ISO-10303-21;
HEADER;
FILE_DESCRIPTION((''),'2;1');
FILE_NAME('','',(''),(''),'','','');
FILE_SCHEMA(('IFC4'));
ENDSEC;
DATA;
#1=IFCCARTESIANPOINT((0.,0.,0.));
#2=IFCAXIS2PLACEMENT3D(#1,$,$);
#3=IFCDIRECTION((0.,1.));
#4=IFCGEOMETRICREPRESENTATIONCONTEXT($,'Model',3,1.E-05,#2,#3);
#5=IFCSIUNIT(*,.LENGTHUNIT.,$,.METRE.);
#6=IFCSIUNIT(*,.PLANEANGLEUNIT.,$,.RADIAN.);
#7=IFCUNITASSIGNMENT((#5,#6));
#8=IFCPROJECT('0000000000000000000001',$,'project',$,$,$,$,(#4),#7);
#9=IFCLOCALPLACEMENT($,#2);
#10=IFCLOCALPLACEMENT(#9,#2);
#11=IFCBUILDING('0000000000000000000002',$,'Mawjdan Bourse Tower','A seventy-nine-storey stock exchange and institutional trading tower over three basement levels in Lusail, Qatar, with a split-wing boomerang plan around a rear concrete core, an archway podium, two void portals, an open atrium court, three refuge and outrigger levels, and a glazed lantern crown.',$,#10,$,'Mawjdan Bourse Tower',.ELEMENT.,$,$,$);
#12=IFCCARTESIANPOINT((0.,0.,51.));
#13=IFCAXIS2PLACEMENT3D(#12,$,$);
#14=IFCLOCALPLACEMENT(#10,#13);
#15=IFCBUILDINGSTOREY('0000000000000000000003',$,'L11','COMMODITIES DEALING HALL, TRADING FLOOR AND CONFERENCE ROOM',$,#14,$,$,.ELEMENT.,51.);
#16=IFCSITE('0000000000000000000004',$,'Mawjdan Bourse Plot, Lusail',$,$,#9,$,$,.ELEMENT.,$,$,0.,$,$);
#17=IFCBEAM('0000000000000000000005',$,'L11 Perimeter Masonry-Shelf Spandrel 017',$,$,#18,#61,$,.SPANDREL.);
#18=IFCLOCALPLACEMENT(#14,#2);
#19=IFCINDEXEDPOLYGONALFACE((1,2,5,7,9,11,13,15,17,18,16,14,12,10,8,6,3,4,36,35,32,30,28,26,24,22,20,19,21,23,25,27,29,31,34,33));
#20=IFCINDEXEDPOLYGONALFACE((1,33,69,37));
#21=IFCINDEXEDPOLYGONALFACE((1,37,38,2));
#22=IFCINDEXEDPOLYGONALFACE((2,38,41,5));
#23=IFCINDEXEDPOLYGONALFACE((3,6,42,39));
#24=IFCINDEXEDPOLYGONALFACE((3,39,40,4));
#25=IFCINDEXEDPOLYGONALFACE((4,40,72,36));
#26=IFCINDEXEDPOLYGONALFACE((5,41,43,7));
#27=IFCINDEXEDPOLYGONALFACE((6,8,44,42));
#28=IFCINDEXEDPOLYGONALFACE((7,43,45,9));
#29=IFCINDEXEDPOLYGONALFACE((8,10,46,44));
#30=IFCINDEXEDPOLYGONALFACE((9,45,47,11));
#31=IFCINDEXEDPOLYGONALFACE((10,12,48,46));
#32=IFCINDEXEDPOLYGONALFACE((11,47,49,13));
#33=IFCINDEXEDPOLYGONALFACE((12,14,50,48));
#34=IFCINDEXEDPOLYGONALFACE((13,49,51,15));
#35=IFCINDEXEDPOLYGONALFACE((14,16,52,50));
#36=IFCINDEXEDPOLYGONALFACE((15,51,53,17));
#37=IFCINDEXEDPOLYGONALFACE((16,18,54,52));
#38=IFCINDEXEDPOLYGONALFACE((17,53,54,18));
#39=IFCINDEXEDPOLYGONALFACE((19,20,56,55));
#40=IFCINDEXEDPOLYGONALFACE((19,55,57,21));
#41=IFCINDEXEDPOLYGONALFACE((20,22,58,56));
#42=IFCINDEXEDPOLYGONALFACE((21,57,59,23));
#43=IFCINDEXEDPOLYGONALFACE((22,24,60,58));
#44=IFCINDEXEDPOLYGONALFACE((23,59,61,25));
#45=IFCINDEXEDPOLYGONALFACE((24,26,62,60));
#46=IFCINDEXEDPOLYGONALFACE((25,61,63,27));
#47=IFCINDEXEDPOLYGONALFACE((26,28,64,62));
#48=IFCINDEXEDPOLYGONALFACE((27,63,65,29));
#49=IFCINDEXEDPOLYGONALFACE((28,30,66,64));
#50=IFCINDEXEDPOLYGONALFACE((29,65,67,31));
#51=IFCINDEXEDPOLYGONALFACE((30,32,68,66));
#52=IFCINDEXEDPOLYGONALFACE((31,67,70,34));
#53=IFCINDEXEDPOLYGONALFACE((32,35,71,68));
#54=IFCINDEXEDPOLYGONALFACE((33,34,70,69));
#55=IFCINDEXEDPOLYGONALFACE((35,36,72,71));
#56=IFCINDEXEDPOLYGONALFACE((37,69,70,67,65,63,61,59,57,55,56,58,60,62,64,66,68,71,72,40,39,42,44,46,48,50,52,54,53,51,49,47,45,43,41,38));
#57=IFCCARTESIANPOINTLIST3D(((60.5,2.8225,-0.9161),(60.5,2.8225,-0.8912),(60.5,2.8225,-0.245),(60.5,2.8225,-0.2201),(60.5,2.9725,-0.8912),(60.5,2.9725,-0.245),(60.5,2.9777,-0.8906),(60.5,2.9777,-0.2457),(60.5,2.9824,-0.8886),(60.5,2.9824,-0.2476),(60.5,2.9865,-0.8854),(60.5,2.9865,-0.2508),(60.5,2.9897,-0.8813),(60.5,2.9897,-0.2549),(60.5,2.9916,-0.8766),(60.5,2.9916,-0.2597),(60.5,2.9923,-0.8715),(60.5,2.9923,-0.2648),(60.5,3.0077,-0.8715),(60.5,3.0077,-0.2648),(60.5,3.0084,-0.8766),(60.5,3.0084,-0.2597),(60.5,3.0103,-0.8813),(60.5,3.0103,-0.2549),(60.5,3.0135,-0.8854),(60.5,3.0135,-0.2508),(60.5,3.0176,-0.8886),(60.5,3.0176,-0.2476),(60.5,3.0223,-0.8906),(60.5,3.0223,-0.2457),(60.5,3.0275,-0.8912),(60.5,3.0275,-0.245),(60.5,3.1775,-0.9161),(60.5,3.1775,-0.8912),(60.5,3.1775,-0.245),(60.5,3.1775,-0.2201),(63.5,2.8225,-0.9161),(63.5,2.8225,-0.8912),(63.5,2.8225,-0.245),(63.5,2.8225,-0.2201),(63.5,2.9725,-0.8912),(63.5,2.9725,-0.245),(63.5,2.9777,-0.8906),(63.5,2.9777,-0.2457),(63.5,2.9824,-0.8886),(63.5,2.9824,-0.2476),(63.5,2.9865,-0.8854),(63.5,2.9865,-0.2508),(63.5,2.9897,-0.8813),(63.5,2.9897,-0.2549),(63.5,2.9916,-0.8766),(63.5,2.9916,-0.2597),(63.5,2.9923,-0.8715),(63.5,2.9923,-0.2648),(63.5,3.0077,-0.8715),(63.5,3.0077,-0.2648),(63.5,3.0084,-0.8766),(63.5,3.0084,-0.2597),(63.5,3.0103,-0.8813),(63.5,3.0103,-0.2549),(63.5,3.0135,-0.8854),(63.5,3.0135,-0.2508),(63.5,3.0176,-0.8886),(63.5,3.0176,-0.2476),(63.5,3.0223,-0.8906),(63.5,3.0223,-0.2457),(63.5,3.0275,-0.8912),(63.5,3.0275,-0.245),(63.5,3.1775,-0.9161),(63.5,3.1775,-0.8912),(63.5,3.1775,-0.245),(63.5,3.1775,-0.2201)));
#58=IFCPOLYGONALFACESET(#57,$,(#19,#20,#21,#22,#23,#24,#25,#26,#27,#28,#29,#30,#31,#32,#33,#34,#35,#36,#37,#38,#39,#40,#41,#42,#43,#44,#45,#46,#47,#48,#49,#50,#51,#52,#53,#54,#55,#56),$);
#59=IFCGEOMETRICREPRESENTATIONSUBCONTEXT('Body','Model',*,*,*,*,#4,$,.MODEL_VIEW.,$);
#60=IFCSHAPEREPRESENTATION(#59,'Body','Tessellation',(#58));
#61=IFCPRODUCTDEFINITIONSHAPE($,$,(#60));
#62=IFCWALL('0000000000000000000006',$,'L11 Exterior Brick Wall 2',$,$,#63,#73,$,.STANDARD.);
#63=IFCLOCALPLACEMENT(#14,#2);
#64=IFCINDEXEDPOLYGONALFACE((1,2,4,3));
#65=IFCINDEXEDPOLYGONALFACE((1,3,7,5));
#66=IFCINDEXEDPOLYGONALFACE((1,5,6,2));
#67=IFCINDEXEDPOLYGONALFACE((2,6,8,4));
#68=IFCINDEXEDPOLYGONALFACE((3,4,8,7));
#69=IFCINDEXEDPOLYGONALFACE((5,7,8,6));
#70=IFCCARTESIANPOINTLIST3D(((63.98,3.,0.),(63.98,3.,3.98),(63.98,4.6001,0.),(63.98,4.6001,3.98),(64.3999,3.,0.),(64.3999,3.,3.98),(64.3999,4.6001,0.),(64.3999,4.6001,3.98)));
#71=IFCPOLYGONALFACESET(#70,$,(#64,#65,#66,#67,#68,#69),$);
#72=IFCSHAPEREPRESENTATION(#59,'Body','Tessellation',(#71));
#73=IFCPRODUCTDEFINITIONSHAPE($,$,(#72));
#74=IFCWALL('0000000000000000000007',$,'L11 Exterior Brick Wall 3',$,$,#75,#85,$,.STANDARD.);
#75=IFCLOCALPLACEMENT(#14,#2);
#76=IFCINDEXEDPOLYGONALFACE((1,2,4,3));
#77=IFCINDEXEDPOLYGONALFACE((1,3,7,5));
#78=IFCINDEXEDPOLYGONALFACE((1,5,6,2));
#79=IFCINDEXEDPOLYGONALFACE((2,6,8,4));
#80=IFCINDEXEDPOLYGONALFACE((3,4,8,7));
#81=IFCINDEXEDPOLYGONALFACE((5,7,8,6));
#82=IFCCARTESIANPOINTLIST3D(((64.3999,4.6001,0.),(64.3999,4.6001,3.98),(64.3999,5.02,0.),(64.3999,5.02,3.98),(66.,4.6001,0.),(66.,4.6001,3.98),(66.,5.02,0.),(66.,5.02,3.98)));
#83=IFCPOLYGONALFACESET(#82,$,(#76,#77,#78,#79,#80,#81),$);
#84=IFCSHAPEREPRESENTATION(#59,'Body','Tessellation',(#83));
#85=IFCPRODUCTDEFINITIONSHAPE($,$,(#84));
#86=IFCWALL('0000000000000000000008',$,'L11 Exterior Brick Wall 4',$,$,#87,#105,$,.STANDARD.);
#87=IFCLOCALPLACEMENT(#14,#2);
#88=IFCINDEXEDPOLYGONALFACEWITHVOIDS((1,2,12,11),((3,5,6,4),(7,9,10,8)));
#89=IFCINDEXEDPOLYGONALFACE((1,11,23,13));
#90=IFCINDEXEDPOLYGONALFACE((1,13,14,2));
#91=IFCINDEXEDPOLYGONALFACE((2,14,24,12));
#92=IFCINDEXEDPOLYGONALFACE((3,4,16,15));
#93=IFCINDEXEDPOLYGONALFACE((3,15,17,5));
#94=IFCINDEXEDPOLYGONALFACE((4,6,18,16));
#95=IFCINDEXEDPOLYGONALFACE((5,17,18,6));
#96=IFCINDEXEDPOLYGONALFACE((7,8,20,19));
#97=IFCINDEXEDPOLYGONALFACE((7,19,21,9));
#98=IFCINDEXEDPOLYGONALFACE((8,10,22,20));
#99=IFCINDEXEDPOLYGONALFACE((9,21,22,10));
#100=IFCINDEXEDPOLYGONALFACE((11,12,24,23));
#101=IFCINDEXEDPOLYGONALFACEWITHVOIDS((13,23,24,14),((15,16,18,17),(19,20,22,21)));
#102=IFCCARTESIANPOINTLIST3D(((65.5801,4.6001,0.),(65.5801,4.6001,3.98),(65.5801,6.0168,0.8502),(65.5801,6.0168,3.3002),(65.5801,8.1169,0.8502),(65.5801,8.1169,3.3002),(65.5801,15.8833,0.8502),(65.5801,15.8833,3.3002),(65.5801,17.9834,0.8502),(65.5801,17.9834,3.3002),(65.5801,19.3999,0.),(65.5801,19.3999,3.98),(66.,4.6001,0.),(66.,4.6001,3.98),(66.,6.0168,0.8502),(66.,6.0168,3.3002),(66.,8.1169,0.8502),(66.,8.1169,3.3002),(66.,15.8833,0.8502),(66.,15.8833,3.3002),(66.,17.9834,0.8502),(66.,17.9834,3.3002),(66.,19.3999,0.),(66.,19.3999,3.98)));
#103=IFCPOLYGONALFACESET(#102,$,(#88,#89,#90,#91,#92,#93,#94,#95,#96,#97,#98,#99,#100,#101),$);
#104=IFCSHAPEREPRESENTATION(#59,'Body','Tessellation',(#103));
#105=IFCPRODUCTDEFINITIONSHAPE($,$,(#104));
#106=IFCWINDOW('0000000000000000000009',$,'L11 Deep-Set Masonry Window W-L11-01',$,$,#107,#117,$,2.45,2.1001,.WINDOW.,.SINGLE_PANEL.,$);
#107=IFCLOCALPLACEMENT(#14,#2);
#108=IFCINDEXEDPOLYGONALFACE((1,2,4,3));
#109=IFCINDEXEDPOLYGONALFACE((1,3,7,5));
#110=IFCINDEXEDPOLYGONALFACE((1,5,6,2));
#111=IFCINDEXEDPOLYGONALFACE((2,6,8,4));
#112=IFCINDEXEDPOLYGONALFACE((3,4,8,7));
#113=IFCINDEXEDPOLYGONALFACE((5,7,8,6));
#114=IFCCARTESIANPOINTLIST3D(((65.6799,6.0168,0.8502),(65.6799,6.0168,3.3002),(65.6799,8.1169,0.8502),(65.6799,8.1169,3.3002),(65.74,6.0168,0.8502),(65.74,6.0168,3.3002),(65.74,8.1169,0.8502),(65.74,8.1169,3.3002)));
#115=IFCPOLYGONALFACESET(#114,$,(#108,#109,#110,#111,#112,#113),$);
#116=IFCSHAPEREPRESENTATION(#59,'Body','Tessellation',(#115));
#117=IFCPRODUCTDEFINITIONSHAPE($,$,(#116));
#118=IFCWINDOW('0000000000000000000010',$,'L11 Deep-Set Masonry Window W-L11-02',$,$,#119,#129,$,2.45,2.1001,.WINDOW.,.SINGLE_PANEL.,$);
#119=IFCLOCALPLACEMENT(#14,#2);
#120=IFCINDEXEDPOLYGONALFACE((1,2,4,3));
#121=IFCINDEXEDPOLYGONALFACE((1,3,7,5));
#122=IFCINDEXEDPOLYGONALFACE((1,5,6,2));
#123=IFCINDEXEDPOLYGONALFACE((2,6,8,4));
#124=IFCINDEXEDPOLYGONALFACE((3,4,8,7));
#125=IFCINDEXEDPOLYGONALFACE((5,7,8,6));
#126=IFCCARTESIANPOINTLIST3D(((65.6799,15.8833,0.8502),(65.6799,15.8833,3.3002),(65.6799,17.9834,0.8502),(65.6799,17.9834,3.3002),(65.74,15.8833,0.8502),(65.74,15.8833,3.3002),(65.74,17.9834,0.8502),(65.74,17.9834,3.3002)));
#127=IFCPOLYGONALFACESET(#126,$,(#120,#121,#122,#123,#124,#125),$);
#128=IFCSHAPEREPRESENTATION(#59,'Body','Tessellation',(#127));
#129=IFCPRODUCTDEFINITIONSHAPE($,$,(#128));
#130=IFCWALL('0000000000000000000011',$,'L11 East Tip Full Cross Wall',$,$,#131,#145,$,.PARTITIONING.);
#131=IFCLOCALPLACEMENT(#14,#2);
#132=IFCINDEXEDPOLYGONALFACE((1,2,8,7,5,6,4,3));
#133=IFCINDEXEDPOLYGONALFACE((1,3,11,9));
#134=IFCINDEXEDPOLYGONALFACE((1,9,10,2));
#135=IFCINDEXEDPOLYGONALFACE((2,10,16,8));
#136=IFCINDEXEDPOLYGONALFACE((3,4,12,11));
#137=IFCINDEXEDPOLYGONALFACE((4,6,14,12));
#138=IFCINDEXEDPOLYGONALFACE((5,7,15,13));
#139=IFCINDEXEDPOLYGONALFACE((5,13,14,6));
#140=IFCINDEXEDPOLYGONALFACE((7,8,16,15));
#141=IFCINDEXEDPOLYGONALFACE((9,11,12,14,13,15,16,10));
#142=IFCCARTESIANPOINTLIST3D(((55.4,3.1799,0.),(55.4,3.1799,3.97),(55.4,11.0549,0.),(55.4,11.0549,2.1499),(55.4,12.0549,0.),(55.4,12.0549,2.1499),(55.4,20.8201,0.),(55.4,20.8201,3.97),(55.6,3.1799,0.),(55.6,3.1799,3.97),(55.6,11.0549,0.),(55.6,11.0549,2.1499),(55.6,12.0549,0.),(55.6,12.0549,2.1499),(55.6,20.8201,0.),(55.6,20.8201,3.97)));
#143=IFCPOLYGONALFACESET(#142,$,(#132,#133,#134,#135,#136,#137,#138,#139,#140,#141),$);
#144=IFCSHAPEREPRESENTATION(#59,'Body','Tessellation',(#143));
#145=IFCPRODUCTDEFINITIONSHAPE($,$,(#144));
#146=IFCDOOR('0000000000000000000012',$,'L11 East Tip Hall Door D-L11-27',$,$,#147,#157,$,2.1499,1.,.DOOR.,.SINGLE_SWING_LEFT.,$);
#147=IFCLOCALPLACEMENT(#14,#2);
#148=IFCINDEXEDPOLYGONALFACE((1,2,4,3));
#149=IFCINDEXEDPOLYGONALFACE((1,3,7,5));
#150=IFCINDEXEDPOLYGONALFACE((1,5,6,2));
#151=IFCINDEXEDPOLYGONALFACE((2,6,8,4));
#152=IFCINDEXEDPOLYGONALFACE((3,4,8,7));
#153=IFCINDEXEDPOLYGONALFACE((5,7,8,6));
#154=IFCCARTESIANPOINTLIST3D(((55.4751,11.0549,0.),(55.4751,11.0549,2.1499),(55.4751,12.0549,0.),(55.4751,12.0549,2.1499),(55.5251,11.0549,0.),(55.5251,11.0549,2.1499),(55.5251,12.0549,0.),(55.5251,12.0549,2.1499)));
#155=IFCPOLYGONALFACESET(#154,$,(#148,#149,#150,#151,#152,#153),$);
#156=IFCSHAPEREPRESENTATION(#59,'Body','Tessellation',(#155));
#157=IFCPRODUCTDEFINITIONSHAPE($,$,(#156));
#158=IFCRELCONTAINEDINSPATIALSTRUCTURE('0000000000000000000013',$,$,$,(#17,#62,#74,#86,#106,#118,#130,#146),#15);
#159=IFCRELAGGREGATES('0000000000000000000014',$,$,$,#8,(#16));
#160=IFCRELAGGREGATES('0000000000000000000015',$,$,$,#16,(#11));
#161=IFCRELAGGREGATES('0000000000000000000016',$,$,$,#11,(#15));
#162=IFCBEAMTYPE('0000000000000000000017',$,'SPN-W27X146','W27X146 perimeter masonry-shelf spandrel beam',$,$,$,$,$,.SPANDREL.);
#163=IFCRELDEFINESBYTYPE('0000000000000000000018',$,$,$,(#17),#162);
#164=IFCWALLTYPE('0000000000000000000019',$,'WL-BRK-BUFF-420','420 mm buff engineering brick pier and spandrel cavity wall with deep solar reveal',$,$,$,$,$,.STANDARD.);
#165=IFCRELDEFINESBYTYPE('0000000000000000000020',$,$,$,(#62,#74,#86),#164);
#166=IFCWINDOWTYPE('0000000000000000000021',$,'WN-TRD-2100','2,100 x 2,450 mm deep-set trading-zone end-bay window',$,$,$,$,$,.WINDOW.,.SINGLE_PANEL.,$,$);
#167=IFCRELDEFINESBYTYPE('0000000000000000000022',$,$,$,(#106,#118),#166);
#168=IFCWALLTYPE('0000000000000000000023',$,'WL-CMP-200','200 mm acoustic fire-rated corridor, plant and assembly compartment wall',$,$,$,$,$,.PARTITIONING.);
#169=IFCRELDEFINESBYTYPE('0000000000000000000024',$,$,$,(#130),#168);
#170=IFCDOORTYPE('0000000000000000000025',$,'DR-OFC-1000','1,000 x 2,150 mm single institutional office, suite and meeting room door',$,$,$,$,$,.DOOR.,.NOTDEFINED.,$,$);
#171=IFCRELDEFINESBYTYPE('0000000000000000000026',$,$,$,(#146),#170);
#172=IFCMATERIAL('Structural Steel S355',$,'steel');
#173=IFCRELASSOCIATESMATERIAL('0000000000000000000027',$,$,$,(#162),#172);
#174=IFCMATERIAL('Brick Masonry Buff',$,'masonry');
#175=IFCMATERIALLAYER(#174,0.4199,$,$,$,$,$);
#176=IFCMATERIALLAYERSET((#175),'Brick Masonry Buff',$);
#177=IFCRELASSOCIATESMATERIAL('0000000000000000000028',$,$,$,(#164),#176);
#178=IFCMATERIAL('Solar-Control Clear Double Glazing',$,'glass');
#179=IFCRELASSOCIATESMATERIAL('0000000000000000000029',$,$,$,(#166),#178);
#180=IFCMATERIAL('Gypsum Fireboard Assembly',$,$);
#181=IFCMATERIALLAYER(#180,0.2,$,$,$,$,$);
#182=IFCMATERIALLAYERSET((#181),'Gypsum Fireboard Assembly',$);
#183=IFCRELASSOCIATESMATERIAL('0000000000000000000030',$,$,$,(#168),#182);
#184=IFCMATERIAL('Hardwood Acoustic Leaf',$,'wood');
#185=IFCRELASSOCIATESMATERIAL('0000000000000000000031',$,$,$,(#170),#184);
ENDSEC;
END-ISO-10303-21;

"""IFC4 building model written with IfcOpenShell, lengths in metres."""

from ifc_helpers import new_model, si_unit, direction, frame, frame_2d, origin, origin_2d, place, context, subcontext, project, spatial, rectangle, i_section, extrude, material, layer, layer_set, material_profile, profile_set, type_object, element, fill, save


model = new_model("IFC4")

# Units and contexts
model_context = context("Model", 3, precision=1e-05, world=origin(), true_north=direction((0.0, 1.0)))
body_context = subcontext(model_context, "Body", "Model", "MODEL_VIEW")
ifc_project = project(units=[si_unit("LENGTHUNIT", "METRE"), si_unit("PLANEANGLEUNIT", "RADIAN")], contexts=[model_context])

# Site, building, storey
site_placement = place(None, origin())
site = spatial("IfcSite", under=ifc_project, at=site_placement, Name="Mawjdan Bourse Plot, Lusail", CompositionType="ELEMENT", RefElevation=0.0)
building_placement = place(site_placement, origin())
building = spatial("IfcBuilding", under=site, at=building_placement, Name="Mawjdan Bourse Tower", Description="A seventy-nine-storey stock exchange and institutional trading tower over three basement levels in Lusail, Qatar, with a split-wing boomerang plan around a rear concrete core, an archway podium, two void portals, an open atrium court, three refuge and outrigger levels, and a glazed lantern crown.", LongName="Mawjdan Bourse Tower", CompositionType="ELEMENT")
storey_placement = place(building_placement, frame((0.0, 0.0, 51.0)))
storey = spatial("IfcBuildingStorey", under=building, at=storey_placement, Name="L11", Description="COMMODITIES DEALING HALL, TRADING FLOOR AND CONFERENCE ROOM", CompositionType="ELEMENT", Elevation=51.0)

# Beam
ifc_material_1 = material(Name="Structural Steel S355", Category="steel")
ifc_material_profile_1 = material_profile(ifc_material_1, i_section(OverallWidth=0.355, OverallDepth=0.696, WebThickness=0.0154, FlangeThickness=0.0249, FilletRadius=0.0198, at=origin_2d()), Name="W27X146")
ifc_profile_set_1 = profile_set([ifc_material_profile_1], Name="Structural Steel S355")
beam_type_1 = type_object("IfcBeamType", Name="SPN-W27X146", Description="W27X146 perimeter masonry-shelf spandrel beam", PredefinedType="SPANDREL", material=ifc_profile_set_1)
beam_1_placement = place(storey_placement, frame((60.5, 3.0, -0.5681), z_axis=(1.0, 0.0, 0.0), x_axis=(0.0, 1.0, 0.0)))
element("IfcBeam", 1, at=beam_1_placement, inside=storey, type_object=beam_type_1, Name="L11 Perimeter Masonry-Shelf Spandrel 017", PredefinedType="SPANDREL", context=body_context, shape_type="SweptSolid", body=[
    extrude(i_section(OverallWidth=0.355, OverallDepth=0.696, WebThickness=0.0154, FlangeThickness=0.0249, FilletRadius=0.0198, at=origin_2d()), origin(), (0.0, 0.0, 1.0), 3.0),
])

# Walls
ifc_material_2 = material(Name="Brick Masonry Buff", Category="masonry")
ifc_layer_1 = layer(ifc_material_2, 0.4199)
ifc_layer_set_1 = layer_set([ifc_layer_1], Name="Brick Masonry Buff")
wall_type_1 = type_object("IfcWallType", Name="WL-BRK-BUFF-420", Description="420 mm buff engineering brick pier and spandrel cavity wall with deep solar reveal", PredefinedType="STANDARD", material=ifc_layer_set_1)
for number, where, z_axis, x_axis, name in (
    (2, (64.1899, 3.0, 0.0), (0.0, 0.0, 1.0), (0.0, 1.0, 0.0), "L11 Exterior Brick Wall 2"),
    (3, (64.3999, 4.8101, 0.0), (0.0, 0.0, 1.0), (1.0, 0.0, 0.0), "L11 Exterior Brick Wall 3"),
):
    element("IfcWall", number, at=place(storey_placement, frame(where, z_axis=z_axis, x_axis=x_axis)), inside=storey, type_object=wall_type_1, Name=name, PredefinedType="STANDARD", context=body_context, shape_type="SweptSolid", body=[
        extrude(rectangle(XDim=1.6001, YDim=0.4199, at=frame_2d((0.8, 0.0))), origin(), (0.0, 0.0, 1.0), 3.98),
    ])

# Wall, openings, windows
wall_1_placement = place(storey_placement, frame((65.79, 4.6001, 0.0), z_axis=(0.0, 0.0, 1.0), x_axis=(0.0, 1.0, 0.0)))
wall_1 = element("IfcWall", 4, at=wall_1_placement, inside=storey, type_object=wall_type_1, Name="L11 Exterior Brick Wall 4", PredefinedType="STANDARD", context=body_context, shape_type="SweptSolid", body=[
    extrude(rectangle(XDim=14.7998, YDim=0.4199, at=frame_2d((7.3999, 0.0))), origin(), (0.0, 0.0, 1.0), 3.98),
])
opening_1_placement = place(wall_1_placement, frame((1.4167, 0.0, 0.8501)))
opening_1 = element("IfcOpeningElement", 5, at=opening_1_placement, cuts=wall_1, PredefinedType="OPENING", context=body_context, shape_type="SweptSolid", body=[
    extrude(rectangle(XDim=2.1001, YDim=2.45, at=frame_2d((1.05, 1.2251))), frame((0.0, 0.22, 0.0), z_axis=(0.0, -1.0, 0.0), x_axis=(1.0, 0.0, 0.0)), (0.0, 0.0, 1.0), 0.4399),
])
opening_2_placement = place(wall_1_placement, frame((11.2832, 0.0, 0.8501)))
opening_2 = element("IfcOpeningElement", 6, at=opening_2_placement, cuts=wall_1, PredefinedType="OPENING", context=body_context, shape_type="SweptSolid", body=[
    extrude(rectangle(XDim=2.1001, YDim=2.45, at=frame_2d((1.05, 1.2251))), frame((0.0, 0.22, 0.0), z_axis=(0.0, -1.0, 0.0), x_axis=(1.0, 0.0, 0.0)), (0.0, 0.0, 1.0), 0.4399),
])
ifc_material_3 = material(Name="Solar-Control Clear Double Glazing", Category="glass")
window_type = type_object("IfcWindowType", Name="WN-TRD-2100", Description="2,100 x 2,450 mm deep-set trading-zone end-bay window", PartitioningType="SINGLE_PANEL", PredefinedType="WINDOW", material=ifc_material_3)
window_1_placement = place(opening_1_placement, origin())
window_1 = element("IfcWindow", 7, at=window_1_placement, inside=storey, type_object=window_type, Name="L11 Deep-Set Masonry Window W-L11-01", OverallHeight=2.45, OverallWidth=2.1001, PartitioningType="SINGLE_PANEL", PredefinedType="WINDOW", context=body_context, shape_type="SweptSolid", body=[
    extrude(rectangle(XDim=2.1001, YDim=2.45, at=frame_2d((1.05, 1.2251))), frame((0.0, 0.1101, 0.0), z_axis=(0.0, -1.0, 0.0), x_axis=(1.0, 0.0, 0.0)), (0.0, 0.0, 1.0), 0.0601),
])
fill(opening_1, window_1)
window_2_placement = place(opening_2_placement, origin())
window_2 = element("IfcWindow", 8, at=window_2_placement, inside=storey, type_object=window_type, Name="L11 Deep-Set Masonry Window W-L11-02", OverallHeight=2.45, OverallWidth=2.1001, PartitioningType="SINGLE_PANEL", PredefinedType="WINDOW", context=body_context, shape_type="SweptSolid", body=[
    extrude(rectangle(XDim=2.1001, YDim=2.45, at=frame_2d((1.05, 1.2251))), frame((0.0, 0.1101, 0.0), z_axis=(0.0, -1.0, 0.0), x_axis=(1.0, 0.0, 0.0)), (0.0, 0.0, 1.0), 0.0601),
])
fill(opening_2, window_2)

# Wall, opening, door
ifc_material_4 = material(Name="Gypsum Fireboard Assembly")
ifc_layer_2 = layer(ifc_material_4, 0.2)
ifc_layer_set_2 = layer_set([ifc_layer_2], Name="Gypsum Fireboard Assembly")
wall_type_2 = type_object("IfcWallType", Name="WL-CMP-200", Description="200 mm acoustic fire-rated corridor, plant and assembly compartment wall", PredefinedType="PARTITIONING", material=ifc_layer_set_2)
wall_2_placement = place(storey_placement, frame((55.5, 3.1799, 0.0), z_axis=(0.0, 0.0, 1.0), x_axis=(0.0, 1.0, 0.0)))
wall_2 = element("IfcWall", 9, at=wall_2_placement, inside=storey, type_object=wall_type_2, Name="L11 East Tip Full Cross Wall", PredefinedType="PARTITIONING", context=body_context, shape_type="SweptSolid", body=[
    extrude(rectangle(XDim=17.6401, YDim=0.2, at=frame_2d((8.8201, 0.0))), origin(), (0.0, 0.0, 1.0), 3.97),
])
opening_3_placement = place(wall_2_placement, frame((7.875, 0.0, 0.0)))
opening_3 = element("IfcOpeningElement", 10, at=opening_3_placement, cuts=wall_2, PredefinedType="OPENING", context=body_context, shape_type="SweptSolid", body=[
    extrude(rectangle(XDim=1.0, YDim=2.1499, at=frame_2d((0.5, 1.075))), frame((0.0, 0.1099, 0.0), z_axis=(0.0, -1.0, 0.0), x_axis=(1.0, 0.0, 0.0)), (0.0, 0.0, 1.0), 0.22),
])
ifc_material_5 = material(Name="Hardwood Acoustic Leaf", Category="wood")
door_type = type_object("IfcDoorType", Name="DR-OFC-1000", Description="1,000 x 2,150 mm single institutional office, suite and meeting room door", OperationType="NOTDEFINED", PredefinedType="DOOR", material=ifc_material_5)
door_placement = place(opening_3_placement, origin())
door = element("IfcDoor", 11, at=door_placement, inside=storey, type_object=door_type, Name="L11 East Tip Hall Door D-L11-27", OperationType="SINGLE_SWING_LEFT", OverallHeight=2.1499, OverallWidth=1.0, PredefinedType="DOOR", context=body_context, shape_type="SweptSolid", body=[
    extrude(rectangle(XDim=1.0, YDim=2.1499, at=frame_2d((0.5, 1.075))), frame((0.0, 0.0249, 0.0), z_axis=(0.0, -1.0, 0.0), x_axis=(1.0, 0.0, 0.0)), (0.0, 0.0, 1.0), 0.05),
])
fill(opening_3, door)

save(model, "model.ifc")
